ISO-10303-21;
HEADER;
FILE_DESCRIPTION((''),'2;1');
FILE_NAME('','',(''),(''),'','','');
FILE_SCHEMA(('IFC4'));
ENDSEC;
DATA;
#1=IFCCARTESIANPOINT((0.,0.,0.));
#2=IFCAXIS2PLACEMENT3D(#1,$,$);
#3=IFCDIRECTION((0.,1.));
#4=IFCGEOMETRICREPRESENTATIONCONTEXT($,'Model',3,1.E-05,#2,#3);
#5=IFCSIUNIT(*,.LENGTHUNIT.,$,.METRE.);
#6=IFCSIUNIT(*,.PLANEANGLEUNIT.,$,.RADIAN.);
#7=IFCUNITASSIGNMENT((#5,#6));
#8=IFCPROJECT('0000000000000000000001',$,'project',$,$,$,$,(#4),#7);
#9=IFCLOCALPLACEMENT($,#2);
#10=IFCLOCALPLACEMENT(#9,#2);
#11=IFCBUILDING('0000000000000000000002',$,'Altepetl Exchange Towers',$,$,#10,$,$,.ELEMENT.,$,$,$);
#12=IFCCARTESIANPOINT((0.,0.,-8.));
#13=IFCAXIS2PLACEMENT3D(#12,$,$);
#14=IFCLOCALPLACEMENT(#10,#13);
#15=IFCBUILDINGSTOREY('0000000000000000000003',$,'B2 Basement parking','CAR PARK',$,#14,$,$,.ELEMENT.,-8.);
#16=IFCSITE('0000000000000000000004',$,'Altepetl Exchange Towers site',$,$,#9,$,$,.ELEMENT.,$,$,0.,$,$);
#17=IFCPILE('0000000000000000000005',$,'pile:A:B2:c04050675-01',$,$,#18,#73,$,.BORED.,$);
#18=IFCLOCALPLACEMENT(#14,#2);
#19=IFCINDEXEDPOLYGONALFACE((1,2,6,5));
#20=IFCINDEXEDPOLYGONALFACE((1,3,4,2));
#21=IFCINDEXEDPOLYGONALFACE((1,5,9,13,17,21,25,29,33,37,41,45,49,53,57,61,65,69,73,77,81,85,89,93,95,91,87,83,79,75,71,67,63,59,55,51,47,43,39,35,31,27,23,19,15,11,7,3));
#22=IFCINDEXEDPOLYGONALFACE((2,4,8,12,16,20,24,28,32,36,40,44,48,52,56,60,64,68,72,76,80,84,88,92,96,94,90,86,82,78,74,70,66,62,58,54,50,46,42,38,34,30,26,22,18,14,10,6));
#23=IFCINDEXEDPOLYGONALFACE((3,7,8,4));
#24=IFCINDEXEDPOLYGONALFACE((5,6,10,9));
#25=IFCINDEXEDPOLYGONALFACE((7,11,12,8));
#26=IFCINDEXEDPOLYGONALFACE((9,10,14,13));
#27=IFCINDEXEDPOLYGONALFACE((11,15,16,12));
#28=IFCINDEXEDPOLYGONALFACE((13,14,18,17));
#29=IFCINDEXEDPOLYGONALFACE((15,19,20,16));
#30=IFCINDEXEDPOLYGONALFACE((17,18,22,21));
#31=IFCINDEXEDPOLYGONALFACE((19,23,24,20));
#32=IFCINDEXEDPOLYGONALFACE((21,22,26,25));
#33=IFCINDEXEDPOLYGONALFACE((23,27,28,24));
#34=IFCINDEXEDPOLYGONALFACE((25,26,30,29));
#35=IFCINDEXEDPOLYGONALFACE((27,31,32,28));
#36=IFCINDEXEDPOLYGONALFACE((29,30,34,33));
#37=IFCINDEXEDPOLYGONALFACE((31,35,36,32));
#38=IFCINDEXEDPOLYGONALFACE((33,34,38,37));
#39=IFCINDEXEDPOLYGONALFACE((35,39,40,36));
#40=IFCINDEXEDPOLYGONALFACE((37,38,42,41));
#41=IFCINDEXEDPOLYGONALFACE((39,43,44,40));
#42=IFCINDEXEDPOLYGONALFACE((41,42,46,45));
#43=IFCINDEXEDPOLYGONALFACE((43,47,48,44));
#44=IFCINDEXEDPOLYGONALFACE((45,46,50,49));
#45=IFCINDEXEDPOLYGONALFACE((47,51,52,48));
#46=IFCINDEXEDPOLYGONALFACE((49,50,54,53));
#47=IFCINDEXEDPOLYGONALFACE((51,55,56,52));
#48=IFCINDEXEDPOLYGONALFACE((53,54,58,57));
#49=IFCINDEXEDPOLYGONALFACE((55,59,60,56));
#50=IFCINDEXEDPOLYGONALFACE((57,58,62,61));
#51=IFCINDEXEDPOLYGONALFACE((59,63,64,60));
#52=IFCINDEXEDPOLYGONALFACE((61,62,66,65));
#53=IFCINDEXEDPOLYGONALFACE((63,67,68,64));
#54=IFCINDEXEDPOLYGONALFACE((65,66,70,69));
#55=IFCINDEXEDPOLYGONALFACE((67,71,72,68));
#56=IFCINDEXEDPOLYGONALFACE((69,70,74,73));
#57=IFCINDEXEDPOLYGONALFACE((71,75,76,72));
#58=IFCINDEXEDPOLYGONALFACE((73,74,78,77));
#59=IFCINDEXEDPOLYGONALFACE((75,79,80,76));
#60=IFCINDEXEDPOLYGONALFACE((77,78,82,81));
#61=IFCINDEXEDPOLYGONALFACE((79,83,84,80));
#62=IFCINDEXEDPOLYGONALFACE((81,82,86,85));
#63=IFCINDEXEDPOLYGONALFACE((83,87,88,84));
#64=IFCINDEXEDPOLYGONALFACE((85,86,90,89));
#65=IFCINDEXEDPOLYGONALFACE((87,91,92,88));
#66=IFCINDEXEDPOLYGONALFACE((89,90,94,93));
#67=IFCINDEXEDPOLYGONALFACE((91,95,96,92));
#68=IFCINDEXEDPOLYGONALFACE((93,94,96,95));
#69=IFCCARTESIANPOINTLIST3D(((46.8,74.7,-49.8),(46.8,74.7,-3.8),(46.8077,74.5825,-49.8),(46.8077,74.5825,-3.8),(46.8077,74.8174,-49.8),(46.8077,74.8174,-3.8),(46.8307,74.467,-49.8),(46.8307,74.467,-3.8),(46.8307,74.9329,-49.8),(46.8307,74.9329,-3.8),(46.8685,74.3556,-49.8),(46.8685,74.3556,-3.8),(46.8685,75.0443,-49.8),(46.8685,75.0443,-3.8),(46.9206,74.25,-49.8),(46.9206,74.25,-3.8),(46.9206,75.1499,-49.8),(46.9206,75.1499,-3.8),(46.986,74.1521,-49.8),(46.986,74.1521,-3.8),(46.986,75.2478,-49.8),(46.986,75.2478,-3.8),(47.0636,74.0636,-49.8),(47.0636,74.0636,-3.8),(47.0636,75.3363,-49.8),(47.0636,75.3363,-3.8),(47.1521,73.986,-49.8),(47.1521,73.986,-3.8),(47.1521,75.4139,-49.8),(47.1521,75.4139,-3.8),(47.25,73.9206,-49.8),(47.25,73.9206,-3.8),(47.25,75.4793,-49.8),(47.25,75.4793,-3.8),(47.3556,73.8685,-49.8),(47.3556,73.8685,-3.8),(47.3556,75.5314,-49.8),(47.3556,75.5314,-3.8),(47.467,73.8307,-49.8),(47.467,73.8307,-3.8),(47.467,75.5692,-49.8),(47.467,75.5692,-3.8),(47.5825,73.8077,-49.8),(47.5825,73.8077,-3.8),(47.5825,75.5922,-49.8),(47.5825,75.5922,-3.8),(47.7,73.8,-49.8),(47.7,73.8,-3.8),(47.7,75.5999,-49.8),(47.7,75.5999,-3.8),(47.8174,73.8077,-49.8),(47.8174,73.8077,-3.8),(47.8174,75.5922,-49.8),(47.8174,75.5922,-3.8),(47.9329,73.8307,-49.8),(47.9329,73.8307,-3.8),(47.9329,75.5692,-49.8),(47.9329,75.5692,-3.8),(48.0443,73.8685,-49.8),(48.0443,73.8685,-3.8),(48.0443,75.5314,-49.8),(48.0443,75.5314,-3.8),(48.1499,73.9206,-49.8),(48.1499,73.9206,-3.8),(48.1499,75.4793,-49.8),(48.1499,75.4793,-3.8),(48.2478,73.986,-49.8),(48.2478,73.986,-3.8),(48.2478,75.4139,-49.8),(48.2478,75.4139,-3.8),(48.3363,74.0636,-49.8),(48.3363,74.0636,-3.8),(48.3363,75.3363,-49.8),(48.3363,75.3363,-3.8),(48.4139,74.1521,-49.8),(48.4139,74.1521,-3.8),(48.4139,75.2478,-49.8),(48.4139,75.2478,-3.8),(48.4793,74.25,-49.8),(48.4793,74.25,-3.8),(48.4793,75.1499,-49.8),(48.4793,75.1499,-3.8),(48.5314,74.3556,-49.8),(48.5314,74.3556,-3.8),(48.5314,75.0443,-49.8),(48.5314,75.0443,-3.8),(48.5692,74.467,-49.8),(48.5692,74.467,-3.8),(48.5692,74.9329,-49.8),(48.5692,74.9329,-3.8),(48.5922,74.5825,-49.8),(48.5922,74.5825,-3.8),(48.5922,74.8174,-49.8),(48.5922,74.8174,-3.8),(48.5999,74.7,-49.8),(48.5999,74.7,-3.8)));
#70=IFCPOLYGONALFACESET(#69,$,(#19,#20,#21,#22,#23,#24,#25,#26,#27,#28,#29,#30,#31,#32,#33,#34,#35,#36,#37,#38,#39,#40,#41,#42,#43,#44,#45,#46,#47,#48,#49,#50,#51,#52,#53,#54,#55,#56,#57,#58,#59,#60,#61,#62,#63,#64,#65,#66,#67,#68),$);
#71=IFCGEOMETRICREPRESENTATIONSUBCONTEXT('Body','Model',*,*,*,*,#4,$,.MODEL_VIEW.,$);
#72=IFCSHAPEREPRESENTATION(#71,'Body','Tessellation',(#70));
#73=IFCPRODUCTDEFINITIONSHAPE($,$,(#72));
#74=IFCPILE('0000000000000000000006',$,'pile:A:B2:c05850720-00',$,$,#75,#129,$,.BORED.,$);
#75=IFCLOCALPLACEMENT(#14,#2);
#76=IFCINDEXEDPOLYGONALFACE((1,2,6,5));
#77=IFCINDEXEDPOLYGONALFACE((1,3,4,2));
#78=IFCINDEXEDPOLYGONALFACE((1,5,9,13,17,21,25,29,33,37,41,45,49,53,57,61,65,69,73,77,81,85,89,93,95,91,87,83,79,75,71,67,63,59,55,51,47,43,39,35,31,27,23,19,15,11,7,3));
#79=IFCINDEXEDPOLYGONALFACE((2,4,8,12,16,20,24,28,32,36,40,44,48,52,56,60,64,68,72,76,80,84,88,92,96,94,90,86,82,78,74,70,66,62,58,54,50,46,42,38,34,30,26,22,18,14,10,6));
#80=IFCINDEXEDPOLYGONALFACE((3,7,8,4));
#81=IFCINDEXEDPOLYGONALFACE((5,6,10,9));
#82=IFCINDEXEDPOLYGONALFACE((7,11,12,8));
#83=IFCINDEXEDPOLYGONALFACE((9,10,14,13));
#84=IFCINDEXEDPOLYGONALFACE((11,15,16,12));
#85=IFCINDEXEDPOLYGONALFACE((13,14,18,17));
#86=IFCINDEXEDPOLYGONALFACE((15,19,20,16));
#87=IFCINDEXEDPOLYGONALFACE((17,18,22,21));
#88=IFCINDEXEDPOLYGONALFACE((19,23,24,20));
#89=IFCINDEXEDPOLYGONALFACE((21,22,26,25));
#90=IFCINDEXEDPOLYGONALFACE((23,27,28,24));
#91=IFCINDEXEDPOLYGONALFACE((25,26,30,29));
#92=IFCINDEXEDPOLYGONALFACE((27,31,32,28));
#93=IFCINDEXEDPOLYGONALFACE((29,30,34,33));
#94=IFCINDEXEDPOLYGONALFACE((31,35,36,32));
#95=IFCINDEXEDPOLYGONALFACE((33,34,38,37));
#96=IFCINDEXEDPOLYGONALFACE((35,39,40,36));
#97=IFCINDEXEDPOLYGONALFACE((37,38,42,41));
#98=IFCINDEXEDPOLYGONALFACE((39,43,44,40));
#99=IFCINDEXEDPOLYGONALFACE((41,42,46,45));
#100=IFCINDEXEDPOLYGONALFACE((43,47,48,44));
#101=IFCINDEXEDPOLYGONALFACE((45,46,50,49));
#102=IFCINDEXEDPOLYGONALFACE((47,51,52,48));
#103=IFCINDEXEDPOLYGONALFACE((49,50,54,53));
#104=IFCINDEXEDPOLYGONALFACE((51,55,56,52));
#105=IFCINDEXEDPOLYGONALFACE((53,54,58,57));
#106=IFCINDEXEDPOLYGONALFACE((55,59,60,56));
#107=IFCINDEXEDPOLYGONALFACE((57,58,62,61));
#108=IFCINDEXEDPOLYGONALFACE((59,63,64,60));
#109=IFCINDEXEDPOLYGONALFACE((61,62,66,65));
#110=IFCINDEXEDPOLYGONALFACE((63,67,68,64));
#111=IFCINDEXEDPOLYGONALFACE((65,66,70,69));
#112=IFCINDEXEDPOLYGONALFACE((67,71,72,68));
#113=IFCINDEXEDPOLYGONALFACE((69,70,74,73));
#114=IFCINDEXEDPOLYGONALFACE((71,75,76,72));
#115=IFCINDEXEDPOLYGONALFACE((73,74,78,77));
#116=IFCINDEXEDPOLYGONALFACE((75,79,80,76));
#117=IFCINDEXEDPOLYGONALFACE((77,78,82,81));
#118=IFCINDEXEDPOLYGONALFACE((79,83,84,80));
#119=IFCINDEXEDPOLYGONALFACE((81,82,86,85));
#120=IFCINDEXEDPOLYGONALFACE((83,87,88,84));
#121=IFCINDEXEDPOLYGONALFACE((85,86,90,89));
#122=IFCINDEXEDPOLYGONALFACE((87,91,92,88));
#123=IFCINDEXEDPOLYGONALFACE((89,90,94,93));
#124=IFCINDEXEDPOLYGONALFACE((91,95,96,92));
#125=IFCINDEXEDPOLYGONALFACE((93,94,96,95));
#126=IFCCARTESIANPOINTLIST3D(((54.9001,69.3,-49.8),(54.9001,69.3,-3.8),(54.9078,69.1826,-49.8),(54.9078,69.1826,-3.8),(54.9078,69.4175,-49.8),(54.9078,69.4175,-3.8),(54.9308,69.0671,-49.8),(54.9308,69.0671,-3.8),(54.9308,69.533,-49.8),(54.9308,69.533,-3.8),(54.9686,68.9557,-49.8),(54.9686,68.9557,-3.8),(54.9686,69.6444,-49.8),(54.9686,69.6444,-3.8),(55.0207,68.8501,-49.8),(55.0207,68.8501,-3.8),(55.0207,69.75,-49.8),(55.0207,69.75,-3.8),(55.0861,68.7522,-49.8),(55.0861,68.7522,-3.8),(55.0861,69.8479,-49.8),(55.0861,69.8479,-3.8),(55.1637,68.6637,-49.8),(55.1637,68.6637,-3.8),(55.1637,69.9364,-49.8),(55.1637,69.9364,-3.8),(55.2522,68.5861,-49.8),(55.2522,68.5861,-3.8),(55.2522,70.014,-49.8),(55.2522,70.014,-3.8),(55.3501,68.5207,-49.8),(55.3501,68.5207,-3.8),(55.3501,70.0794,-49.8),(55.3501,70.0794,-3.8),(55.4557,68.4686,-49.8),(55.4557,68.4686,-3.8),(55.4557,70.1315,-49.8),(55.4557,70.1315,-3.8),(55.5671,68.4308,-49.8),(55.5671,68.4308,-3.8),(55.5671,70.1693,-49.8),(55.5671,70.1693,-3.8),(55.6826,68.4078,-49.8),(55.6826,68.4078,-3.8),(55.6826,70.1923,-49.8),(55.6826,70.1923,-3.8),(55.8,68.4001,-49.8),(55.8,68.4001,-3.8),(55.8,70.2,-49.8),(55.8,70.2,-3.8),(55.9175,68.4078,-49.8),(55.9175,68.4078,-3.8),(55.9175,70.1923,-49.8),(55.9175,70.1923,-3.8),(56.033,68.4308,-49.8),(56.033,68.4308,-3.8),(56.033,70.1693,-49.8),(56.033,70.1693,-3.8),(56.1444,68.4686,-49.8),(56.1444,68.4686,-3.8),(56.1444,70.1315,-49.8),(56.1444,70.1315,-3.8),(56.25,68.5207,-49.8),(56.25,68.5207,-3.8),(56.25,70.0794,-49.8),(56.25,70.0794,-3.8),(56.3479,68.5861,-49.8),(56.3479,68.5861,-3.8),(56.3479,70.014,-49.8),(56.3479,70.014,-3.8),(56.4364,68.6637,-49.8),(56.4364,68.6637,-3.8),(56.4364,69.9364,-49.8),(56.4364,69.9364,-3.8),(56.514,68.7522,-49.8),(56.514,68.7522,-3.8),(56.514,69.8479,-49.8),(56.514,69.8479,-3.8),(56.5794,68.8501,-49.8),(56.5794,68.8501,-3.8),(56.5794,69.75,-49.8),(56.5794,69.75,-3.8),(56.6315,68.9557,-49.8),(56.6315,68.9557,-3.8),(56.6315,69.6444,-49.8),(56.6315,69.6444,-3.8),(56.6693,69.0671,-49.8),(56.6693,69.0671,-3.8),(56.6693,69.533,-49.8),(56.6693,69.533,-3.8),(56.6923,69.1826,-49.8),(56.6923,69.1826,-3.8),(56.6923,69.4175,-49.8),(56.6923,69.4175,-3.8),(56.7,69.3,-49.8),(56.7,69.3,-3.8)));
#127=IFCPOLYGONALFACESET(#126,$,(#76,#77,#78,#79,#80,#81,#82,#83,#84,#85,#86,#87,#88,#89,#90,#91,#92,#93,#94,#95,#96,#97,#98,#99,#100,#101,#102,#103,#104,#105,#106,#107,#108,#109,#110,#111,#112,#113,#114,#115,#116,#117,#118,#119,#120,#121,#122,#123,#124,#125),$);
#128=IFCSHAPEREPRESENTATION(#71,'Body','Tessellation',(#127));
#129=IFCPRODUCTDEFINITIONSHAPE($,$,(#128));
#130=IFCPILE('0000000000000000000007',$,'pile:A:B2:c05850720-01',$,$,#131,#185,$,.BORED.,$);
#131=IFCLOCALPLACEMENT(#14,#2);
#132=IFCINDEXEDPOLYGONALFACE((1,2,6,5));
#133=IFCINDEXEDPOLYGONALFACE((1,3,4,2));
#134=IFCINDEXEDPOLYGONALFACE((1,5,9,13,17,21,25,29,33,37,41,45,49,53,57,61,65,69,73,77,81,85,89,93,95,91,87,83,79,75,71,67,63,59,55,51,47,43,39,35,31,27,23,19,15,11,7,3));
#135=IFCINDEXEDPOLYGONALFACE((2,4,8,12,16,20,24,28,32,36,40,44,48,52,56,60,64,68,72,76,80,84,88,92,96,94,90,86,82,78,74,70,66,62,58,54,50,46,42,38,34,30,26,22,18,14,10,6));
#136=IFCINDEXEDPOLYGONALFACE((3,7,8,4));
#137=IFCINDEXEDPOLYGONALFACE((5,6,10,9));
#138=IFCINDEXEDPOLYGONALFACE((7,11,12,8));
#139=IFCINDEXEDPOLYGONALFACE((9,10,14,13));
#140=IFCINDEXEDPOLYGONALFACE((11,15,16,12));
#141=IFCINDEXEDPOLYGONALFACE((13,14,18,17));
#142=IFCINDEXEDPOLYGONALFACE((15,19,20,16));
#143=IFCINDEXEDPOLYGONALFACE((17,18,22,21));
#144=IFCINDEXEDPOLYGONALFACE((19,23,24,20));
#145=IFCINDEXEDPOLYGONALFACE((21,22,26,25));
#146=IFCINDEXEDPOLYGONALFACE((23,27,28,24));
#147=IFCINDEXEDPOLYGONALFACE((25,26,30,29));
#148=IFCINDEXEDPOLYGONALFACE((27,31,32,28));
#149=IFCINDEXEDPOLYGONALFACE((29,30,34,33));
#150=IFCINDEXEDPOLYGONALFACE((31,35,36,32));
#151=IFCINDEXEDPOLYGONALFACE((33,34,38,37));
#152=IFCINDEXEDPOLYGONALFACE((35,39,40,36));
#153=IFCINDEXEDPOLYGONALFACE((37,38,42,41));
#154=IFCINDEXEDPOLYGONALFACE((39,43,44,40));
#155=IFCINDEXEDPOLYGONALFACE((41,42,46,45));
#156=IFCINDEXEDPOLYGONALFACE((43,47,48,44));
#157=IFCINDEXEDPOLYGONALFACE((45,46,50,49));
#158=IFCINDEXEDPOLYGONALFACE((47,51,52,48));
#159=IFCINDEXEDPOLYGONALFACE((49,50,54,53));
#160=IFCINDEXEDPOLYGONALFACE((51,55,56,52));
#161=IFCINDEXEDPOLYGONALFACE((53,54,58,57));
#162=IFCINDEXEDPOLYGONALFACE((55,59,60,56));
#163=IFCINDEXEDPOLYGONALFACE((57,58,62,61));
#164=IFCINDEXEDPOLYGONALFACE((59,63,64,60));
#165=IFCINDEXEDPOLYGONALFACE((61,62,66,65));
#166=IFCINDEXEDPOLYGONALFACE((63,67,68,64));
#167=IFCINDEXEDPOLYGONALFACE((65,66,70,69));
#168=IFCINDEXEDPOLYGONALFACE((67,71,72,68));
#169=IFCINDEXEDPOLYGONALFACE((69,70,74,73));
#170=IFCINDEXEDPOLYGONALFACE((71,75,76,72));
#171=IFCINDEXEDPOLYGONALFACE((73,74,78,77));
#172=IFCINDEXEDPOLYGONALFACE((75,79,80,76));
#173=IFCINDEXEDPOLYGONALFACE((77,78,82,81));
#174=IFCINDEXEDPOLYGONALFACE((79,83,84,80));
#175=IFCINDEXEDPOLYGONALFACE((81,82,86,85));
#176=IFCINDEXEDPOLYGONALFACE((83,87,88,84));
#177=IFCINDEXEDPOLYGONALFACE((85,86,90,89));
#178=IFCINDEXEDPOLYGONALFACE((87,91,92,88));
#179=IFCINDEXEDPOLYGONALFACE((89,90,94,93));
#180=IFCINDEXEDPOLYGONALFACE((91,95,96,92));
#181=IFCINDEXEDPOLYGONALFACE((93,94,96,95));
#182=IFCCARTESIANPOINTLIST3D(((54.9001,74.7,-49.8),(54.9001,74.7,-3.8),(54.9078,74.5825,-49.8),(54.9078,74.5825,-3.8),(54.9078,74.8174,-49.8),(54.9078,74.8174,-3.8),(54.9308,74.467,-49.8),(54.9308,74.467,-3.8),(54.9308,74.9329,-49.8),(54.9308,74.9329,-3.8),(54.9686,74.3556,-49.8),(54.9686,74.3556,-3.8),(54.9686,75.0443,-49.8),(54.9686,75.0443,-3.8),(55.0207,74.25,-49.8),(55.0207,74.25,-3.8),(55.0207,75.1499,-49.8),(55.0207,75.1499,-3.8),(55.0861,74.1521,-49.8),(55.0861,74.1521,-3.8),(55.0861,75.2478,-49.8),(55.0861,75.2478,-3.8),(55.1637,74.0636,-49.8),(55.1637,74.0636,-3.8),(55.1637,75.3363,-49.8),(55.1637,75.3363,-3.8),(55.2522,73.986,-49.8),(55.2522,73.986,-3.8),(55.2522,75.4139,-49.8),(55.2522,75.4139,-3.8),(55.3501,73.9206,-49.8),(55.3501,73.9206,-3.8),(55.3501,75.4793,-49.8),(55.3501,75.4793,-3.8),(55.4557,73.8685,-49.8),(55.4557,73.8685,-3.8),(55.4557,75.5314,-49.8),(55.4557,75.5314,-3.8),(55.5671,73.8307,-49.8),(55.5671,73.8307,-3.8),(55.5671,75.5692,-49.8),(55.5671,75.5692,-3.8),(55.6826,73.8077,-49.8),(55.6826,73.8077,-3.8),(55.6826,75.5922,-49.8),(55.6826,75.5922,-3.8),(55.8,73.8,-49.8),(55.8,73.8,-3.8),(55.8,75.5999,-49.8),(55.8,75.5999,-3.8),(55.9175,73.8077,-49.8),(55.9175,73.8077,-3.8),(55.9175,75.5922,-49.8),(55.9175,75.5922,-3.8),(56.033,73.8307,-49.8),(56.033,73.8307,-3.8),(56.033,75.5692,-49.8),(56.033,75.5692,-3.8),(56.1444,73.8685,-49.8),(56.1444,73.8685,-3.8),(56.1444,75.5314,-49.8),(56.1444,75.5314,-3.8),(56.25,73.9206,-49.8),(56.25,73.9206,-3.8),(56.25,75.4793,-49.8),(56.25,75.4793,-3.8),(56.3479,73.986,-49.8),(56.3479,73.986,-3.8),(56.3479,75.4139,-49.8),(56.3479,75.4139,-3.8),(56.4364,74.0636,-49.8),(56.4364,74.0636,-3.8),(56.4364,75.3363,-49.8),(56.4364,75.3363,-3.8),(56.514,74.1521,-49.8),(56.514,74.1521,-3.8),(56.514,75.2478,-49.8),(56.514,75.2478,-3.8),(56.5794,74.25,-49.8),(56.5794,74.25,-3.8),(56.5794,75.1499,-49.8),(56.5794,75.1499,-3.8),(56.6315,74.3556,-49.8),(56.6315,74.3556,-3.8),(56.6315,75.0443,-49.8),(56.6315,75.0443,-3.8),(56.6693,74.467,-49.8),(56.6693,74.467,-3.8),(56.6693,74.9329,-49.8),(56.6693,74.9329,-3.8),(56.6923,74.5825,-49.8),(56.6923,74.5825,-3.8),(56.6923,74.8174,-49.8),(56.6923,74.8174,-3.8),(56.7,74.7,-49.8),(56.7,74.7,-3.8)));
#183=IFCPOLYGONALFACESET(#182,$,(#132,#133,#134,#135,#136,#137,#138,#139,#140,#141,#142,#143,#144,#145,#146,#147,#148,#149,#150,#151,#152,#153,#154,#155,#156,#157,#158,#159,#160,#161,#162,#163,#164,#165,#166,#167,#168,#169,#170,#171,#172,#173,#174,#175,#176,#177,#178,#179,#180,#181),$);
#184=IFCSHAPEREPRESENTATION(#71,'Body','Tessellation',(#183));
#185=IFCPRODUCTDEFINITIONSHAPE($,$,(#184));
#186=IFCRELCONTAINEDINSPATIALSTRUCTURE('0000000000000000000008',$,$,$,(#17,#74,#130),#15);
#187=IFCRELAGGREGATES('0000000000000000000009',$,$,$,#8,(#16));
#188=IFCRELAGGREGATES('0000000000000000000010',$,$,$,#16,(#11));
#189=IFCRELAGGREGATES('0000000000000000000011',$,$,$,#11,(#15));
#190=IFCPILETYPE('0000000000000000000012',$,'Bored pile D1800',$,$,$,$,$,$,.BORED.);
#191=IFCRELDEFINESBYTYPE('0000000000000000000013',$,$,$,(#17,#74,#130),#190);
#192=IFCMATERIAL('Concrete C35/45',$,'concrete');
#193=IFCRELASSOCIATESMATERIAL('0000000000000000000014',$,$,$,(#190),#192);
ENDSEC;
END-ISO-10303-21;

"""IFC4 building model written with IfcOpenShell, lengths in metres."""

from ifc_helpers import new_model, si_unit, direction, frame, origin, origin_2d, place, context, subcontext, project, spatial, circle, extrude, material, material_profile, profile_set, type_object, element, save


model = new_model("IFC4")

# Units and contexts
model_context = context("Model", 3, precision=1e-05, world=origin(), true_north=direction((0.0, 1.0)))
body_context = subcontext(model_context, "Body", "Model", "MODEL_VIEW")
ifc_project = project(units=[si_unit("LENGTHUNIT", "METRE"), si_unit("PLANEANGLEUNIT", "RADIAN")], contexts=[model_context])

# Site, building, storey
site_placement = place(None, origin())
site = spatial("IfcSite", under=ifc_project, at=site_placement, Name="Altepetl Exchange Towers site", CompositionType="ELEMENT", RefElevation=0.0)
building_placement = place(site_placement, origin())
building = spatial("IfcBuilding", under=site, at=building_placement, Name="Altepetl Exchange Towers", CompositionType="ELEMENT")
storey_placement = place(building_placement, frame((0.0, 0.0, -8.0)))
storey = spatial("IfcBuildingStorey", under=building, at=storey_placement, Name="B2 Basement parking", Description="CAR PARK", CompositionType="ELEMENT", Elevation=-8.0)

# Piles
ifc_material_1 = material(Name="Concrete C35/45", Category="concrete")
ifc_material_profile_1 = material_profile(ifc_material_1, circle(Radius=0.8999, at=origin_2d()), Name="D1800")
ifc_profile_set_1 = profile_set([ifc_material_profile_1], Name="Concrete C35/45")
pile_type_1 = type_object("IfcPileType", Name="Bored pile D1800", PredefinedType="BORED", material=ifc_profile_set_1)
for number, where, z_axis, x_axis, name in (
    (1, (47.7, 74.7, -3.8), (0.0, 0.0, -1.0), (1.0, 0.0, 0.0), "pile:A:B2:c04050675-01"),
    (2, (55.8, 69.3, -3.8), (0.0, 0.0, -1.0), (1.0, 0.0, 0.0), "pile:A:B2:c05850720-00"),
    (3, (55.8, 74.7, -3.8), (0.0, 0.0, -1.0), (1.0, 0.0, 0.0), "pile:A:B2:c05850720-01"),
):
    element("IfcPile", number, at=place(storey_placement, frame(where, z_axis=z_axis, x_axis=x_axis)), inside=storey, type_object=pile_type_1, Name=name, PredefinedType="BORED", context=body_context, shape_type="SweptSolid", body=[
        extrude(circle(Radius=0.8999, at=origin_2d()), origin(), (0.0, 0.0, 1.0), 46.0),
    ])

save(model, "model.ifc")
